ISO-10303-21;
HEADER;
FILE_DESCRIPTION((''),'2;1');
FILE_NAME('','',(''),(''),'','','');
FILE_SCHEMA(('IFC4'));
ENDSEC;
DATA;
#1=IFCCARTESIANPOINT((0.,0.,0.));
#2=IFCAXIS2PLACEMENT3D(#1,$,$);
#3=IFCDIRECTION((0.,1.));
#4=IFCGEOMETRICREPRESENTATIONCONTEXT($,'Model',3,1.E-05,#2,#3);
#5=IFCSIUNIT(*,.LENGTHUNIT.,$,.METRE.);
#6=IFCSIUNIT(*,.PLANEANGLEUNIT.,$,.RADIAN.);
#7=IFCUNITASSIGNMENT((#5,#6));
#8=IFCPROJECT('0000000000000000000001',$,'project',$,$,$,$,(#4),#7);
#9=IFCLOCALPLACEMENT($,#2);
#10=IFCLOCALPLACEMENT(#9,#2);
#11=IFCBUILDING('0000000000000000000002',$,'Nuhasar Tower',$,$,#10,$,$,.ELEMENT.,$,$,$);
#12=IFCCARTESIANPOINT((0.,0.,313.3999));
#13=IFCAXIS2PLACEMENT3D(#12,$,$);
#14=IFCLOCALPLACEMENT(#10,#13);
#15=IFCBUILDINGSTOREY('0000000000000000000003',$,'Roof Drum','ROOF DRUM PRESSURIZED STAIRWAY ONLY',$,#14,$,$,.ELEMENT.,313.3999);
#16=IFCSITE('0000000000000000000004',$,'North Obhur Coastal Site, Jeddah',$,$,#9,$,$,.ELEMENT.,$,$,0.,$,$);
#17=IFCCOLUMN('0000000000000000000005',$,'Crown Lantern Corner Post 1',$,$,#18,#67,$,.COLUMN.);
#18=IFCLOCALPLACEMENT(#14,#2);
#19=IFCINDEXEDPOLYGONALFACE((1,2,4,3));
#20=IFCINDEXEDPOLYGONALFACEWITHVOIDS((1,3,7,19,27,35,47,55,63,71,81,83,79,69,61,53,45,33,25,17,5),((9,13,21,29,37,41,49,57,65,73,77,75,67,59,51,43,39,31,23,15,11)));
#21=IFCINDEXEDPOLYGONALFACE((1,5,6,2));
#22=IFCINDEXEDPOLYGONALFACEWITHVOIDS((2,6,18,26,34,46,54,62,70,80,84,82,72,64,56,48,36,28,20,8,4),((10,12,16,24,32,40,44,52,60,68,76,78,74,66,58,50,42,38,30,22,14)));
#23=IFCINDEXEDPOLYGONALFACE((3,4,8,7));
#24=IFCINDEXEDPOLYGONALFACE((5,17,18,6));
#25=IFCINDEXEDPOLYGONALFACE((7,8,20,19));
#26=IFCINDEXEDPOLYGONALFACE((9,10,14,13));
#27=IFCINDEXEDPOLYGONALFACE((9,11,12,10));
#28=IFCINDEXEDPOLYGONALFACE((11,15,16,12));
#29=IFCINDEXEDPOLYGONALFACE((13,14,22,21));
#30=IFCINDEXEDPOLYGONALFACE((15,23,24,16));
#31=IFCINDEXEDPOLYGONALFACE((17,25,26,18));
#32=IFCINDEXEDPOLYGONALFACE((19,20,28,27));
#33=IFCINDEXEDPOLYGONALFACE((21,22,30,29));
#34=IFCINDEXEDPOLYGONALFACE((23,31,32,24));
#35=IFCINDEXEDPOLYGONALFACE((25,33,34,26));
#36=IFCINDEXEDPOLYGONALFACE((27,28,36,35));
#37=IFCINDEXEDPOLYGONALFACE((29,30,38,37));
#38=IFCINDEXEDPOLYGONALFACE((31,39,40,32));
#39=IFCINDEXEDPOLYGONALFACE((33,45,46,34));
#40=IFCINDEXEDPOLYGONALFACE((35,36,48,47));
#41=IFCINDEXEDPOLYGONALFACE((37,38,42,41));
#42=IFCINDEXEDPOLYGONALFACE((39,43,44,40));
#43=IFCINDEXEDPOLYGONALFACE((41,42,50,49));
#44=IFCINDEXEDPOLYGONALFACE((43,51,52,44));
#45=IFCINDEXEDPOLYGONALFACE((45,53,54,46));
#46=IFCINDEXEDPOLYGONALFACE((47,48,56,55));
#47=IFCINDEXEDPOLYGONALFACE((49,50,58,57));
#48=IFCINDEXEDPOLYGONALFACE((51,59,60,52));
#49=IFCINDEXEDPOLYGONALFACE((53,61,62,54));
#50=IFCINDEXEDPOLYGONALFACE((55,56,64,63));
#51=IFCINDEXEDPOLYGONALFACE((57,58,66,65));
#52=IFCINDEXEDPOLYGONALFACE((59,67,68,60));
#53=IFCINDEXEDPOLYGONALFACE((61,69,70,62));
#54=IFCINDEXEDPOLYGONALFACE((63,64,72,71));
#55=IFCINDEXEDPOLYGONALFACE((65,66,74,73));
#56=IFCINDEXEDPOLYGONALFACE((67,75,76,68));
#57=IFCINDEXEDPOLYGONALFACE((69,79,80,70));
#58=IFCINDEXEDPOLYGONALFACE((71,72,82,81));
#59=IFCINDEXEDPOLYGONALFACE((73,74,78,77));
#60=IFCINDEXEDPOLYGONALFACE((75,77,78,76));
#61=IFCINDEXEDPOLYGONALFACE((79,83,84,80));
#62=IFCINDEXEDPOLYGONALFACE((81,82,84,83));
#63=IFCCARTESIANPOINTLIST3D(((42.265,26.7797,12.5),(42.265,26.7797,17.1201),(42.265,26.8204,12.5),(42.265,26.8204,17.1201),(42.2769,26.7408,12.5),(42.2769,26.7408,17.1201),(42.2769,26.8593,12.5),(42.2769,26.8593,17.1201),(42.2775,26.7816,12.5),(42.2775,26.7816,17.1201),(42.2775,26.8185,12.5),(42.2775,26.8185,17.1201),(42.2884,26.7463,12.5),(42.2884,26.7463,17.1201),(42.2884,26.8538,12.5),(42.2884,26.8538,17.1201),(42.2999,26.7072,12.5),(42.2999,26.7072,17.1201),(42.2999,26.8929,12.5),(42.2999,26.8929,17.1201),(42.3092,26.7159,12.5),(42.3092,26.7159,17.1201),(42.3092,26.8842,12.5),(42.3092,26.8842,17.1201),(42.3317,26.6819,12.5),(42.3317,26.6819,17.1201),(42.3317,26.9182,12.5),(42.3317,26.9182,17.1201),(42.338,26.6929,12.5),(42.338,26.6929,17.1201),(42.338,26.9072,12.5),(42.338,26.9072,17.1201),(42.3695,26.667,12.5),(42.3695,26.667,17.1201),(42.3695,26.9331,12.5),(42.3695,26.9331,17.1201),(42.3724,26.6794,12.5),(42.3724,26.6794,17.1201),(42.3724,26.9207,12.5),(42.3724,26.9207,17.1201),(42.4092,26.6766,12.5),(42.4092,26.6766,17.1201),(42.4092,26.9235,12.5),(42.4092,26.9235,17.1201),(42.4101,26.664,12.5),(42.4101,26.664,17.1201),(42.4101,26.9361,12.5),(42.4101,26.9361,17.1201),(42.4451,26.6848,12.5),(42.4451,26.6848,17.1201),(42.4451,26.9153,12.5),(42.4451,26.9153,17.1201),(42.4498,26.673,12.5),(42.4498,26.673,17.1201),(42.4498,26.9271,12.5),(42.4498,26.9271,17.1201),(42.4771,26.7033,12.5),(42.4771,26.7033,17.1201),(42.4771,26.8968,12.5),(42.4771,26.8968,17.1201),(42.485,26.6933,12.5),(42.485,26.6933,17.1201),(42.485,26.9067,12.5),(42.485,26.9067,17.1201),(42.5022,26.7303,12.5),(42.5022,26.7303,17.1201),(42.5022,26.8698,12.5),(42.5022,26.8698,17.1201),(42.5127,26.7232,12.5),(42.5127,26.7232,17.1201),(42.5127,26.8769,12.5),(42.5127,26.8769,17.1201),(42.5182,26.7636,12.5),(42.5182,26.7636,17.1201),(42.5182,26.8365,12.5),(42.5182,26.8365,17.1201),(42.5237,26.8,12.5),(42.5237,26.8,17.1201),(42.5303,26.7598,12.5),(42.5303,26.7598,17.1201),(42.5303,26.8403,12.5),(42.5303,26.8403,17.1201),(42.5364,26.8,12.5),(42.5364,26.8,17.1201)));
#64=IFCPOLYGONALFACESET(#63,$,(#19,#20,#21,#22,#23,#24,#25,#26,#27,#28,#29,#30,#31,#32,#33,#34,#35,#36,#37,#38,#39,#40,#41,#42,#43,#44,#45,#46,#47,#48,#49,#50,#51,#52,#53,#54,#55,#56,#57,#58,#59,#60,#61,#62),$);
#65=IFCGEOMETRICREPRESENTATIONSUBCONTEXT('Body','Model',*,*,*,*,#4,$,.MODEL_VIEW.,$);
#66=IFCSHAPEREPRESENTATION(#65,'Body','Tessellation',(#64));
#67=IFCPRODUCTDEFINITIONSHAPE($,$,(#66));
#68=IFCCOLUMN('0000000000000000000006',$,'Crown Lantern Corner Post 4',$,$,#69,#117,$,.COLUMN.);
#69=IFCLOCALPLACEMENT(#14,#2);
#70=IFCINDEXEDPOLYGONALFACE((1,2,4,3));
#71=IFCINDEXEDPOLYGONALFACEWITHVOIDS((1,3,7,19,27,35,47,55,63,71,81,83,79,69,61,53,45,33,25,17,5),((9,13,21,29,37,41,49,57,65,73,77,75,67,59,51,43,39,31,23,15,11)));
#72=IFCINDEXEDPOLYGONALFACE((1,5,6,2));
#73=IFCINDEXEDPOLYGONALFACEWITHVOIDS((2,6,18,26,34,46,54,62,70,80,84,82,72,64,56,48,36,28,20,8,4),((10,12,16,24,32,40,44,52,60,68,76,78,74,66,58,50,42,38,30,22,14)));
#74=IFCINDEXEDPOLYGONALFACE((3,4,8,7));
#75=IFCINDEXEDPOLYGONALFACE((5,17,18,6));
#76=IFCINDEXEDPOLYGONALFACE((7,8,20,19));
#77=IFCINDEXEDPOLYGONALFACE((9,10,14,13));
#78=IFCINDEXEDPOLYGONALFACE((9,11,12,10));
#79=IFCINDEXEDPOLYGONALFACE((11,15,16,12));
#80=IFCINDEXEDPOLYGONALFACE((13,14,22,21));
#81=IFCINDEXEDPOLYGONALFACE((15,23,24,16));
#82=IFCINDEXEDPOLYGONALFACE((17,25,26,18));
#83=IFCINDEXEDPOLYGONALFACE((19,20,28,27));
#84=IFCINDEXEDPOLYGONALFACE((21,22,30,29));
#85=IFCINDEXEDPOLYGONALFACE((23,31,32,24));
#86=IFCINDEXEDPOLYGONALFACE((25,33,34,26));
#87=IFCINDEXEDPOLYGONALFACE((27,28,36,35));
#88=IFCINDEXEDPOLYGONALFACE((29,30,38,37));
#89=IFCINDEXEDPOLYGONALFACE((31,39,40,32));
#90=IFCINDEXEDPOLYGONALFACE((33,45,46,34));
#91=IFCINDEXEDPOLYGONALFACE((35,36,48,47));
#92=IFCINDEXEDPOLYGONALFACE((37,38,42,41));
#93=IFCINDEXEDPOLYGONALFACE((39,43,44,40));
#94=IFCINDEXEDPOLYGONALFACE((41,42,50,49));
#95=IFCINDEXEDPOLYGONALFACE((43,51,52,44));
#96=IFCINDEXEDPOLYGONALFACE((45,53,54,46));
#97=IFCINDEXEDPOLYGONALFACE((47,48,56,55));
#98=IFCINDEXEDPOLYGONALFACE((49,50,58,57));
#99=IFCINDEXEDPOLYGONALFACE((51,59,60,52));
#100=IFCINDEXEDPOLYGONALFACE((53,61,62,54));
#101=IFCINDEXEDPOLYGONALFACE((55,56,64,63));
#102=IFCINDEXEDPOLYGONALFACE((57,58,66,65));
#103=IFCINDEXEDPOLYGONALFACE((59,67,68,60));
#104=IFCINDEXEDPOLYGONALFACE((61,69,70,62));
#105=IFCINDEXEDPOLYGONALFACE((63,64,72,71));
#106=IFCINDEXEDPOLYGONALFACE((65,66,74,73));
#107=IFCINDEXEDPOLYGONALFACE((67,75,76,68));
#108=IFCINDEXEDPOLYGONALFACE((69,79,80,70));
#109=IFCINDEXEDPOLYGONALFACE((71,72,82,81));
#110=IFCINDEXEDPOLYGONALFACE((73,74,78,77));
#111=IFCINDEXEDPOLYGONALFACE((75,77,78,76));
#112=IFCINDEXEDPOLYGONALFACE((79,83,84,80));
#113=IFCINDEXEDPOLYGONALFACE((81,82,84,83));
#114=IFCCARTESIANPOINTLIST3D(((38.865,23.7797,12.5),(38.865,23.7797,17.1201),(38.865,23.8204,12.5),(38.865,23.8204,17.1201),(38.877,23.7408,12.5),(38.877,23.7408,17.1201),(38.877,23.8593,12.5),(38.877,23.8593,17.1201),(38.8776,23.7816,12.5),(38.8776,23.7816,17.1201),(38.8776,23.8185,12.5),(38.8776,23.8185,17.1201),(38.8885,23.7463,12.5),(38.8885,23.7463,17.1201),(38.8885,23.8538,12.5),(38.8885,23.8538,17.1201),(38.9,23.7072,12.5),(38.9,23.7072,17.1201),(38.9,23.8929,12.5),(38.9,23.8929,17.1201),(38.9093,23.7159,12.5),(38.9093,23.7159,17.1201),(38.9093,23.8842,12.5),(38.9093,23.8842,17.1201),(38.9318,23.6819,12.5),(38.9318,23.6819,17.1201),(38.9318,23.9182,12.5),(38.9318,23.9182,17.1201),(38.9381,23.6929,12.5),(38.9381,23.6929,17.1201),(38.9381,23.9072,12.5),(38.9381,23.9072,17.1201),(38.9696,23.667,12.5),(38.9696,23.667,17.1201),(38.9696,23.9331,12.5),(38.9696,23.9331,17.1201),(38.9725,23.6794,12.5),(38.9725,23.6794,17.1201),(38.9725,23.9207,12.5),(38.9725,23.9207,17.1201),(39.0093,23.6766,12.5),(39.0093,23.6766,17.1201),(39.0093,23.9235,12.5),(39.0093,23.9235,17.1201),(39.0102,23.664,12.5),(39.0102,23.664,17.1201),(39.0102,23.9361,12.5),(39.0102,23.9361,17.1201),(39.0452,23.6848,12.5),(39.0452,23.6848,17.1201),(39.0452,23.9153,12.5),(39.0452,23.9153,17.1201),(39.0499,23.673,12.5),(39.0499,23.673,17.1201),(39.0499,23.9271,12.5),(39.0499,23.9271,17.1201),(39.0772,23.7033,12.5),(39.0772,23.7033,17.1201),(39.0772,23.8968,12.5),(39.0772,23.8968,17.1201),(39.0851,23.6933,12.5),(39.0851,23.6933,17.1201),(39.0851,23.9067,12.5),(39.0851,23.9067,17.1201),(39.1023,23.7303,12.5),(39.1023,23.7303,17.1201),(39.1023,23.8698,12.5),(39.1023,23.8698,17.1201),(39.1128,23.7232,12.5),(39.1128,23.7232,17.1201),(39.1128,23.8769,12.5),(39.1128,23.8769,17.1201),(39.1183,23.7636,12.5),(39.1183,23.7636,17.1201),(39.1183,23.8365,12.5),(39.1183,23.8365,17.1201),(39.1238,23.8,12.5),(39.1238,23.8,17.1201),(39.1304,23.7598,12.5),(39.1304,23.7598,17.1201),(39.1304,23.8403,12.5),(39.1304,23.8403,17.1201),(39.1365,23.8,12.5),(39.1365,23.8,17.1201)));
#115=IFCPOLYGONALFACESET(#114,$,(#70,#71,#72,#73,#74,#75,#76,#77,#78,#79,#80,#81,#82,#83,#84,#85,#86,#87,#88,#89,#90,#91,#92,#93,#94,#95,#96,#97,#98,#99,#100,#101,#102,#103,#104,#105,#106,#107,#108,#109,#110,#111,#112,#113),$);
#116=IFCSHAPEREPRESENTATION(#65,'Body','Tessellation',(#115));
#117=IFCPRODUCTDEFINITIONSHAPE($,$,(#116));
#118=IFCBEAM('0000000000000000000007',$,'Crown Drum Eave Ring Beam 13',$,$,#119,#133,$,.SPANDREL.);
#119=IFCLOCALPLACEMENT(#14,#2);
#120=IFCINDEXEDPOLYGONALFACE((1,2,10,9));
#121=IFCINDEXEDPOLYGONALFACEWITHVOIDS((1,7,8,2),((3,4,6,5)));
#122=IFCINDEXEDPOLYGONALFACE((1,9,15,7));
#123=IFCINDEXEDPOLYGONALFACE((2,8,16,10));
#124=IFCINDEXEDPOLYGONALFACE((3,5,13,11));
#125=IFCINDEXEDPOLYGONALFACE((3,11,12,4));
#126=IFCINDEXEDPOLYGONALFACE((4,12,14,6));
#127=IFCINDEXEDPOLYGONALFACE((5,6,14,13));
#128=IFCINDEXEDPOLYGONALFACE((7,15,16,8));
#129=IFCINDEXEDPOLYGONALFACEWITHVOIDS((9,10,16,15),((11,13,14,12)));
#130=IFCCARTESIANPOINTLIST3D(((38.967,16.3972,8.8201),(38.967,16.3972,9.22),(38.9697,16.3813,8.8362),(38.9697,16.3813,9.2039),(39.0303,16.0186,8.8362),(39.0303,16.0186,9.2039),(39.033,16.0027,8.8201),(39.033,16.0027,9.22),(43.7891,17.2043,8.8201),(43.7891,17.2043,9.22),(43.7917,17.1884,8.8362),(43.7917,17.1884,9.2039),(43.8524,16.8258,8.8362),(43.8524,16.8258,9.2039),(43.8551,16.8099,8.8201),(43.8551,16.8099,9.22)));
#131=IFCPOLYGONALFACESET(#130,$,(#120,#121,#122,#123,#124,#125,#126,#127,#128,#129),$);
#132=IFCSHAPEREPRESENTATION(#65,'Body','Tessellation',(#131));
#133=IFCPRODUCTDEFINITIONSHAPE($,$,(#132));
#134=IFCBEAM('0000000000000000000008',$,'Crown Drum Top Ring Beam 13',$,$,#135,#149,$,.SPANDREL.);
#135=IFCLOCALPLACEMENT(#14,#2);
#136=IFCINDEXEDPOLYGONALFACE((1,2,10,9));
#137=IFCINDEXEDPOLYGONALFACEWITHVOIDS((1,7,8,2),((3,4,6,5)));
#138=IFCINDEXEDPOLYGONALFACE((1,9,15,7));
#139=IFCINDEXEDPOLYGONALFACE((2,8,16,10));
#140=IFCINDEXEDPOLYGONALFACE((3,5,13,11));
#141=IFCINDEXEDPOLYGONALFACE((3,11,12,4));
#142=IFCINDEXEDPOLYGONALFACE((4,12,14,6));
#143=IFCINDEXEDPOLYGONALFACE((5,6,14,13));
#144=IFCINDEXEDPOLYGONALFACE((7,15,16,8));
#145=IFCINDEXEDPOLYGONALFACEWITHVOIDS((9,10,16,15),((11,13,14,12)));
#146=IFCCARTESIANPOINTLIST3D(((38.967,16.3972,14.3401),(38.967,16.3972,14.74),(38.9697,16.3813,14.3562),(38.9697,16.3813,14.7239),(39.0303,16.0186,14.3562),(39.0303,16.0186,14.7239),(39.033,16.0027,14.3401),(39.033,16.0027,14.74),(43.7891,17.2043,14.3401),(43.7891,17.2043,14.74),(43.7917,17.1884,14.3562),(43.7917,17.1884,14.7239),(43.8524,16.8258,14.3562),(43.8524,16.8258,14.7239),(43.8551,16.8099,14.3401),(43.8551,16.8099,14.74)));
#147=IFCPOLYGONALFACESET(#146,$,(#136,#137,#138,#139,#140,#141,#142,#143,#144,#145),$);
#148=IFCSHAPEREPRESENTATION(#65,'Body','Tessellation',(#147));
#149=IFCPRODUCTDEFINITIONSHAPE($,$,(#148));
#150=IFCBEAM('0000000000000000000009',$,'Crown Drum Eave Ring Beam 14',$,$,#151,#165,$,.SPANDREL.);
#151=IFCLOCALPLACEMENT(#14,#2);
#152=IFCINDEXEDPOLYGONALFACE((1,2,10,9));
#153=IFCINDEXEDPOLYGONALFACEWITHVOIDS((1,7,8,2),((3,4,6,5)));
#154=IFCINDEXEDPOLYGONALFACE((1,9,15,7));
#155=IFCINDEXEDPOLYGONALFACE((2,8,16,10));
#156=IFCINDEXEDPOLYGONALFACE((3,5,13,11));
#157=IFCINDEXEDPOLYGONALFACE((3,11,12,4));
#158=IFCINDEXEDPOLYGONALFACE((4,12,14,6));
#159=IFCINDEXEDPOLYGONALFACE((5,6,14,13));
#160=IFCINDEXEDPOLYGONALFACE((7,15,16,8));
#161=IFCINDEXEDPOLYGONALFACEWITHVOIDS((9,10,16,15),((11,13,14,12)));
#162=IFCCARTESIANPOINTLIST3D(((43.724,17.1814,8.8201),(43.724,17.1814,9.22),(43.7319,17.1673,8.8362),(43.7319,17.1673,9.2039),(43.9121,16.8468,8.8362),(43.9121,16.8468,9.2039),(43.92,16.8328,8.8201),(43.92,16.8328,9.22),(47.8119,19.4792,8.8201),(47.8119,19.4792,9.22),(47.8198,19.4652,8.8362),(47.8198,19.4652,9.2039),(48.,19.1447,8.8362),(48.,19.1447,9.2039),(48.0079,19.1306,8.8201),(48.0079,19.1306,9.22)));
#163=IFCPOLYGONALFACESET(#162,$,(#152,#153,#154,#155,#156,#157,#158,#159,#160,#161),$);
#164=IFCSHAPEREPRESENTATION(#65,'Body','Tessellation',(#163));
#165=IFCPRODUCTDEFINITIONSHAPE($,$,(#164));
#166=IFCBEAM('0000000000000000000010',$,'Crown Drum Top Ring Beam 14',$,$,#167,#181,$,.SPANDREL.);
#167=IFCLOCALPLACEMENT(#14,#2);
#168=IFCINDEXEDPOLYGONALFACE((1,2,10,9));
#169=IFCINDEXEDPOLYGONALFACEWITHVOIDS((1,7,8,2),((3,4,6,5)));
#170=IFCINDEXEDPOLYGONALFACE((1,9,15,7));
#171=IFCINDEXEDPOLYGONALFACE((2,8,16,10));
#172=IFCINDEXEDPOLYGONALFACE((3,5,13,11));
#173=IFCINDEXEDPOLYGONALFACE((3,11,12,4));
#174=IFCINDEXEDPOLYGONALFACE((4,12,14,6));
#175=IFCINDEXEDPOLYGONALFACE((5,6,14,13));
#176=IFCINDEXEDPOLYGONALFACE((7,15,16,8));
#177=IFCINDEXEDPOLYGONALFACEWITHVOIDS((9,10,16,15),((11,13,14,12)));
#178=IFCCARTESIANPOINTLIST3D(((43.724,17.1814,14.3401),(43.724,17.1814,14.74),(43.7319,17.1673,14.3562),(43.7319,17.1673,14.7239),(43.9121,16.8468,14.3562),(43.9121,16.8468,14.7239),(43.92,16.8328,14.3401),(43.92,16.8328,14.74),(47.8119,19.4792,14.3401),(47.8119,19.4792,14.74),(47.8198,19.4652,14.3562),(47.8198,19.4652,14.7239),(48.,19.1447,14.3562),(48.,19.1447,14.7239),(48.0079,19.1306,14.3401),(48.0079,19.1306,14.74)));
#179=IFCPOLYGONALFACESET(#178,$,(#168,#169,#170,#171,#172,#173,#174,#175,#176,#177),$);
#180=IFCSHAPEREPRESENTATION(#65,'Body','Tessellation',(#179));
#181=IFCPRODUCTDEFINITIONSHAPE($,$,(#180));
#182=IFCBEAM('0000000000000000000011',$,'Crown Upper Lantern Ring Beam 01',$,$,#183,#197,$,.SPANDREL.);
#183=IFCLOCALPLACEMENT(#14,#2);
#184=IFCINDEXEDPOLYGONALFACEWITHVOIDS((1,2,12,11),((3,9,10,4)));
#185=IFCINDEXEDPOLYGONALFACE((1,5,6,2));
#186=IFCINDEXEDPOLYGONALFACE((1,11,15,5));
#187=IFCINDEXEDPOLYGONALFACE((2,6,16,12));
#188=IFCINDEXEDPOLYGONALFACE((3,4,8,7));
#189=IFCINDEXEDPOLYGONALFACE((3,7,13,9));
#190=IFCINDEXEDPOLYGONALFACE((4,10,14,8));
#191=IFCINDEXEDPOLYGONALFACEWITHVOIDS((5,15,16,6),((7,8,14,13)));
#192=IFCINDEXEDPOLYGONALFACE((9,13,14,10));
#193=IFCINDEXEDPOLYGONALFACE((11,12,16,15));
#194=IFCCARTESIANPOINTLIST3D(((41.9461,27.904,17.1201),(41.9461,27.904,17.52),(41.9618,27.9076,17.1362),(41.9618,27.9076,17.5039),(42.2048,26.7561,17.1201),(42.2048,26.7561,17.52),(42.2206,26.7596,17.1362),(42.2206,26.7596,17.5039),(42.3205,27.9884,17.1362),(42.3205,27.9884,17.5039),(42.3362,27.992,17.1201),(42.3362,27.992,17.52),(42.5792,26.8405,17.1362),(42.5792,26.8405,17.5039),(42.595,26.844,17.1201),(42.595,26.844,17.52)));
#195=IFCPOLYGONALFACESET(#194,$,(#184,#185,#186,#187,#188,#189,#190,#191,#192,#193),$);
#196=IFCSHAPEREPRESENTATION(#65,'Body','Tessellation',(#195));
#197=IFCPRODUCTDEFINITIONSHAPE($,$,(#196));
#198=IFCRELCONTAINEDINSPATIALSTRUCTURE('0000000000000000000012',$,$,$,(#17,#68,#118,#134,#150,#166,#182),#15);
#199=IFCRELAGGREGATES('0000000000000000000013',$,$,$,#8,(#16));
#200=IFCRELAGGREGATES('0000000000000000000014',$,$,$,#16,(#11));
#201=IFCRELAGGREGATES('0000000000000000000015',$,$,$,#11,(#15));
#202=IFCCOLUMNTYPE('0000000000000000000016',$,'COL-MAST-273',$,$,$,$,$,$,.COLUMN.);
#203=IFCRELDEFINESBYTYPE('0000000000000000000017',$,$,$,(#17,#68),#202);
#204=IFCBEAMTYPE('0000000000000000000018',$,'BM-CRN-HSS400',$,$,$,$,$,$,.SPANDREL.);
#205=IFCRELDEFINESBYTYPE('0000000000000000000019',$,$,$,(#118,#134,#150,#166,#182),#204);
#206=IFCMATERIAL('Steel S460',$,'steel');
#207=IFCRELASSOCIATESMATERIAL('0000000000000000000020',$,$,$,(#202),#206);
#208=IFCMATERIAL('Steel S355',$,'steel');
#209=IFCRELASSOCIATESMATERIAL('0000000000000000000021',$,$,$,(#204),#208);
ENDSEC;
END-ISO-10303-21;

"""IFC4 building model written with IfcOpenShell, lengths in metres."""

from ifc_helpers import new_model, si_unit, direction, frame, origin, origin_2d, place, context, subcontext, project, spatial, hollow_rectangle, hollow_circle, extrude, material, material_profile, profile_set, type_object, element, save


model = new_model("IFC4")

# Units and contexts
model_context = context("Model", 3, precision=1e-05, world=origin(), true_north=direction((0.0, 1.0)))
body_context = subcontext(model_context, "Body", "Model", "MODEL_VIEW")
ifc_project = project(units=[si_unit("LENGTHUNIT", "METRE"), si_unit("PLANEANGLEUNIT", "RADIAN")], contexts=[model_context])

# Site, building, storey
site_placement = place(None, origin())
site = spatial("IfcSite", under=ifc_project, at=site_placement, Name="North Obhur Coastal Site, Jeddah", CompositionType="ELEMENT", RefElevation=0.0)
building_placement = place(site_placement, origin())
building = spatial("IfcBuilding", under=site, at=building_placement, Name="Nuhasar Tower", CompositionType="ELEMENT")
storey_placement = place(building_placement, frame((0.0, 0.0, 313.3999)))
storey = spatial("IfcBuildingStorey", under=building, at=storey_placement, Name="Roof Drum", Description="ROOF DRUM PRESSURIZED STAIRWAY ONLY", CompositionType="ELEMENT", Elevation=313.3999)

# Columns
ifc_material_1 = material(Name="Steel S460", Category="steel")
ifc_material_profile_1 = material_profile(ifc_material_1, hollow_circle(Radius=0.1365, WallThickness=0.0127, at=origin_2d()), Name="HSS273.1X12.7")
ifc_profile_set_1 = profile_set([ifc_material_profile_1], Name="Steel S460")
column_type = type_object("IfcColumnType", Name="COL-MAST-273", PredefinedType="COLUMN", material=ifc_profile_set_1)
for number, where, z_axis, x_axis, name in (
    (1, (42.3999, 26.8, 12.5), (0.0, 0.0, 1.0), (1.0, 0.0, 0.0), "Crown Lantern Corner Post 1"),
    (2, (39.0, 23.8, 12.5), (0.0, 0.0, 1.0), (1.0, 0.0, 0.0), "Crown Lantern Corner Post 4"),
):
    element("IfcColumn", number, at=place(storey_placement, frame(where, z_axis=z_axis, x_axis=x_axis)), inside=storey, type_object=column_type, Name=name, PredefinedType="COLUMN", context=body_context, shape_type="SweptSolid", body=[
        extrude(hollow_circle(Radius=0.1365, WallThickness=0.0127, at=origin_2d()), origin(), (0.0, 0.0, 1.0), 4.6201),
    ])

# Beams
ifc_material_2 = material(Name="Steel S355", Category="steel")
ifc_material_profile_2 = material_profile(ifc_material_2, hollow_rectangle(XDim=0.3999, YDim=0.3999, WallThickness=0.0161, at=origin_2d()), Name="HSS400X400X16")
ifc_profile_set_2 = profile_set([ifc_material_profile_2], Name="Steel S355")
beam_type = type_object("IfcBeamType", Name="BM-CRN-HSS400", PredefinedType="SPANDREL", material=ifc_profile_set_2)
for number, where, z_axis, x_axis, name in (
    (3, (39.0, 16.2, 9.02), (0.986279, 0.165087, 0.0), (-0.165087, 0.986279, 0.0), "Crown Drum Eave Ring Beam 13"),
    (4, (39.0, 16.2, 14.54), (0.986279, 0.165087, 0.0), (-0.165087, 0.986279, 0.0), "Crown Drum Top Ring Beam 13"),
):
    element("IfcBeam", number, at=place(storey_placement, frame(where, z_axis=z_axis, x_axis=x_axis)), inside=storey, type_object=beam_type, Name=name, PredefinedType="SPANDREL", context=body_context, shape_type="SweptSolid", body=[
        extrude(hollow_rectangle(XDim=0.3999, YDim=0.3999, WallThickness=0.0161, at=origin_2d()), origin(), (0.0, 0.0, 1.0), 4.8892),
    ])
for number, where, z_axis, x_axis, name in (
    (5, (43.822, 17.0071, 9.02), (0.87172, 0.490004, 0.0), (-0.490004, 0.87172, 0.0), "Crown Drum Eave Ring Beam 14"),
    (6, (43.822, 17.0071, 14.54), (0.87172, 0.490004, 0.0), (-0.490004, 0.87172, 0.0), "Crown Drum Top Ring Beam 14"),
):
    element("IfcBeam", number, at=place(storey_placement, frame(where, z_axis=z_axis, x_axis=x_axis)), inside=storey, type_object=beam_type, Name=name, PredefinedType="SPANDREL", context=body_context, shape_type="SweptSolid", body=[
        extrude(hollow_rectangle(XDim=0.3999, YDim=0.3999, WallThickness=0.0161, at=origin_2d()), origin(), (0.0, 0.0, 1.0), 4.6895),
    ])
beam_1_placement = place(storey_placement, frame((42.3999, 26.8, 17.3201), z_axis=(-0.219917, 0.975519, 0.0), x_axis=(-0.975519, -0.219917, 0.0)))
element("IfcBeam", 7, at=beam_1_placement, inside=storey, type_object=beam_type, Name="Crown Upper Lantern Ring Beam 01", PredefinedType="SPANDREL", context=body_context, shape_type="SweptSolid", body=[
    extrude(hollow_rectangle(XDim=0.3999, YDim=0.3999, WallThickness=0.0161, at=origin_2d()), origin(), (0.0, 0.0, 1.0), 1.1768),
])

save(model, "model.ifc")
